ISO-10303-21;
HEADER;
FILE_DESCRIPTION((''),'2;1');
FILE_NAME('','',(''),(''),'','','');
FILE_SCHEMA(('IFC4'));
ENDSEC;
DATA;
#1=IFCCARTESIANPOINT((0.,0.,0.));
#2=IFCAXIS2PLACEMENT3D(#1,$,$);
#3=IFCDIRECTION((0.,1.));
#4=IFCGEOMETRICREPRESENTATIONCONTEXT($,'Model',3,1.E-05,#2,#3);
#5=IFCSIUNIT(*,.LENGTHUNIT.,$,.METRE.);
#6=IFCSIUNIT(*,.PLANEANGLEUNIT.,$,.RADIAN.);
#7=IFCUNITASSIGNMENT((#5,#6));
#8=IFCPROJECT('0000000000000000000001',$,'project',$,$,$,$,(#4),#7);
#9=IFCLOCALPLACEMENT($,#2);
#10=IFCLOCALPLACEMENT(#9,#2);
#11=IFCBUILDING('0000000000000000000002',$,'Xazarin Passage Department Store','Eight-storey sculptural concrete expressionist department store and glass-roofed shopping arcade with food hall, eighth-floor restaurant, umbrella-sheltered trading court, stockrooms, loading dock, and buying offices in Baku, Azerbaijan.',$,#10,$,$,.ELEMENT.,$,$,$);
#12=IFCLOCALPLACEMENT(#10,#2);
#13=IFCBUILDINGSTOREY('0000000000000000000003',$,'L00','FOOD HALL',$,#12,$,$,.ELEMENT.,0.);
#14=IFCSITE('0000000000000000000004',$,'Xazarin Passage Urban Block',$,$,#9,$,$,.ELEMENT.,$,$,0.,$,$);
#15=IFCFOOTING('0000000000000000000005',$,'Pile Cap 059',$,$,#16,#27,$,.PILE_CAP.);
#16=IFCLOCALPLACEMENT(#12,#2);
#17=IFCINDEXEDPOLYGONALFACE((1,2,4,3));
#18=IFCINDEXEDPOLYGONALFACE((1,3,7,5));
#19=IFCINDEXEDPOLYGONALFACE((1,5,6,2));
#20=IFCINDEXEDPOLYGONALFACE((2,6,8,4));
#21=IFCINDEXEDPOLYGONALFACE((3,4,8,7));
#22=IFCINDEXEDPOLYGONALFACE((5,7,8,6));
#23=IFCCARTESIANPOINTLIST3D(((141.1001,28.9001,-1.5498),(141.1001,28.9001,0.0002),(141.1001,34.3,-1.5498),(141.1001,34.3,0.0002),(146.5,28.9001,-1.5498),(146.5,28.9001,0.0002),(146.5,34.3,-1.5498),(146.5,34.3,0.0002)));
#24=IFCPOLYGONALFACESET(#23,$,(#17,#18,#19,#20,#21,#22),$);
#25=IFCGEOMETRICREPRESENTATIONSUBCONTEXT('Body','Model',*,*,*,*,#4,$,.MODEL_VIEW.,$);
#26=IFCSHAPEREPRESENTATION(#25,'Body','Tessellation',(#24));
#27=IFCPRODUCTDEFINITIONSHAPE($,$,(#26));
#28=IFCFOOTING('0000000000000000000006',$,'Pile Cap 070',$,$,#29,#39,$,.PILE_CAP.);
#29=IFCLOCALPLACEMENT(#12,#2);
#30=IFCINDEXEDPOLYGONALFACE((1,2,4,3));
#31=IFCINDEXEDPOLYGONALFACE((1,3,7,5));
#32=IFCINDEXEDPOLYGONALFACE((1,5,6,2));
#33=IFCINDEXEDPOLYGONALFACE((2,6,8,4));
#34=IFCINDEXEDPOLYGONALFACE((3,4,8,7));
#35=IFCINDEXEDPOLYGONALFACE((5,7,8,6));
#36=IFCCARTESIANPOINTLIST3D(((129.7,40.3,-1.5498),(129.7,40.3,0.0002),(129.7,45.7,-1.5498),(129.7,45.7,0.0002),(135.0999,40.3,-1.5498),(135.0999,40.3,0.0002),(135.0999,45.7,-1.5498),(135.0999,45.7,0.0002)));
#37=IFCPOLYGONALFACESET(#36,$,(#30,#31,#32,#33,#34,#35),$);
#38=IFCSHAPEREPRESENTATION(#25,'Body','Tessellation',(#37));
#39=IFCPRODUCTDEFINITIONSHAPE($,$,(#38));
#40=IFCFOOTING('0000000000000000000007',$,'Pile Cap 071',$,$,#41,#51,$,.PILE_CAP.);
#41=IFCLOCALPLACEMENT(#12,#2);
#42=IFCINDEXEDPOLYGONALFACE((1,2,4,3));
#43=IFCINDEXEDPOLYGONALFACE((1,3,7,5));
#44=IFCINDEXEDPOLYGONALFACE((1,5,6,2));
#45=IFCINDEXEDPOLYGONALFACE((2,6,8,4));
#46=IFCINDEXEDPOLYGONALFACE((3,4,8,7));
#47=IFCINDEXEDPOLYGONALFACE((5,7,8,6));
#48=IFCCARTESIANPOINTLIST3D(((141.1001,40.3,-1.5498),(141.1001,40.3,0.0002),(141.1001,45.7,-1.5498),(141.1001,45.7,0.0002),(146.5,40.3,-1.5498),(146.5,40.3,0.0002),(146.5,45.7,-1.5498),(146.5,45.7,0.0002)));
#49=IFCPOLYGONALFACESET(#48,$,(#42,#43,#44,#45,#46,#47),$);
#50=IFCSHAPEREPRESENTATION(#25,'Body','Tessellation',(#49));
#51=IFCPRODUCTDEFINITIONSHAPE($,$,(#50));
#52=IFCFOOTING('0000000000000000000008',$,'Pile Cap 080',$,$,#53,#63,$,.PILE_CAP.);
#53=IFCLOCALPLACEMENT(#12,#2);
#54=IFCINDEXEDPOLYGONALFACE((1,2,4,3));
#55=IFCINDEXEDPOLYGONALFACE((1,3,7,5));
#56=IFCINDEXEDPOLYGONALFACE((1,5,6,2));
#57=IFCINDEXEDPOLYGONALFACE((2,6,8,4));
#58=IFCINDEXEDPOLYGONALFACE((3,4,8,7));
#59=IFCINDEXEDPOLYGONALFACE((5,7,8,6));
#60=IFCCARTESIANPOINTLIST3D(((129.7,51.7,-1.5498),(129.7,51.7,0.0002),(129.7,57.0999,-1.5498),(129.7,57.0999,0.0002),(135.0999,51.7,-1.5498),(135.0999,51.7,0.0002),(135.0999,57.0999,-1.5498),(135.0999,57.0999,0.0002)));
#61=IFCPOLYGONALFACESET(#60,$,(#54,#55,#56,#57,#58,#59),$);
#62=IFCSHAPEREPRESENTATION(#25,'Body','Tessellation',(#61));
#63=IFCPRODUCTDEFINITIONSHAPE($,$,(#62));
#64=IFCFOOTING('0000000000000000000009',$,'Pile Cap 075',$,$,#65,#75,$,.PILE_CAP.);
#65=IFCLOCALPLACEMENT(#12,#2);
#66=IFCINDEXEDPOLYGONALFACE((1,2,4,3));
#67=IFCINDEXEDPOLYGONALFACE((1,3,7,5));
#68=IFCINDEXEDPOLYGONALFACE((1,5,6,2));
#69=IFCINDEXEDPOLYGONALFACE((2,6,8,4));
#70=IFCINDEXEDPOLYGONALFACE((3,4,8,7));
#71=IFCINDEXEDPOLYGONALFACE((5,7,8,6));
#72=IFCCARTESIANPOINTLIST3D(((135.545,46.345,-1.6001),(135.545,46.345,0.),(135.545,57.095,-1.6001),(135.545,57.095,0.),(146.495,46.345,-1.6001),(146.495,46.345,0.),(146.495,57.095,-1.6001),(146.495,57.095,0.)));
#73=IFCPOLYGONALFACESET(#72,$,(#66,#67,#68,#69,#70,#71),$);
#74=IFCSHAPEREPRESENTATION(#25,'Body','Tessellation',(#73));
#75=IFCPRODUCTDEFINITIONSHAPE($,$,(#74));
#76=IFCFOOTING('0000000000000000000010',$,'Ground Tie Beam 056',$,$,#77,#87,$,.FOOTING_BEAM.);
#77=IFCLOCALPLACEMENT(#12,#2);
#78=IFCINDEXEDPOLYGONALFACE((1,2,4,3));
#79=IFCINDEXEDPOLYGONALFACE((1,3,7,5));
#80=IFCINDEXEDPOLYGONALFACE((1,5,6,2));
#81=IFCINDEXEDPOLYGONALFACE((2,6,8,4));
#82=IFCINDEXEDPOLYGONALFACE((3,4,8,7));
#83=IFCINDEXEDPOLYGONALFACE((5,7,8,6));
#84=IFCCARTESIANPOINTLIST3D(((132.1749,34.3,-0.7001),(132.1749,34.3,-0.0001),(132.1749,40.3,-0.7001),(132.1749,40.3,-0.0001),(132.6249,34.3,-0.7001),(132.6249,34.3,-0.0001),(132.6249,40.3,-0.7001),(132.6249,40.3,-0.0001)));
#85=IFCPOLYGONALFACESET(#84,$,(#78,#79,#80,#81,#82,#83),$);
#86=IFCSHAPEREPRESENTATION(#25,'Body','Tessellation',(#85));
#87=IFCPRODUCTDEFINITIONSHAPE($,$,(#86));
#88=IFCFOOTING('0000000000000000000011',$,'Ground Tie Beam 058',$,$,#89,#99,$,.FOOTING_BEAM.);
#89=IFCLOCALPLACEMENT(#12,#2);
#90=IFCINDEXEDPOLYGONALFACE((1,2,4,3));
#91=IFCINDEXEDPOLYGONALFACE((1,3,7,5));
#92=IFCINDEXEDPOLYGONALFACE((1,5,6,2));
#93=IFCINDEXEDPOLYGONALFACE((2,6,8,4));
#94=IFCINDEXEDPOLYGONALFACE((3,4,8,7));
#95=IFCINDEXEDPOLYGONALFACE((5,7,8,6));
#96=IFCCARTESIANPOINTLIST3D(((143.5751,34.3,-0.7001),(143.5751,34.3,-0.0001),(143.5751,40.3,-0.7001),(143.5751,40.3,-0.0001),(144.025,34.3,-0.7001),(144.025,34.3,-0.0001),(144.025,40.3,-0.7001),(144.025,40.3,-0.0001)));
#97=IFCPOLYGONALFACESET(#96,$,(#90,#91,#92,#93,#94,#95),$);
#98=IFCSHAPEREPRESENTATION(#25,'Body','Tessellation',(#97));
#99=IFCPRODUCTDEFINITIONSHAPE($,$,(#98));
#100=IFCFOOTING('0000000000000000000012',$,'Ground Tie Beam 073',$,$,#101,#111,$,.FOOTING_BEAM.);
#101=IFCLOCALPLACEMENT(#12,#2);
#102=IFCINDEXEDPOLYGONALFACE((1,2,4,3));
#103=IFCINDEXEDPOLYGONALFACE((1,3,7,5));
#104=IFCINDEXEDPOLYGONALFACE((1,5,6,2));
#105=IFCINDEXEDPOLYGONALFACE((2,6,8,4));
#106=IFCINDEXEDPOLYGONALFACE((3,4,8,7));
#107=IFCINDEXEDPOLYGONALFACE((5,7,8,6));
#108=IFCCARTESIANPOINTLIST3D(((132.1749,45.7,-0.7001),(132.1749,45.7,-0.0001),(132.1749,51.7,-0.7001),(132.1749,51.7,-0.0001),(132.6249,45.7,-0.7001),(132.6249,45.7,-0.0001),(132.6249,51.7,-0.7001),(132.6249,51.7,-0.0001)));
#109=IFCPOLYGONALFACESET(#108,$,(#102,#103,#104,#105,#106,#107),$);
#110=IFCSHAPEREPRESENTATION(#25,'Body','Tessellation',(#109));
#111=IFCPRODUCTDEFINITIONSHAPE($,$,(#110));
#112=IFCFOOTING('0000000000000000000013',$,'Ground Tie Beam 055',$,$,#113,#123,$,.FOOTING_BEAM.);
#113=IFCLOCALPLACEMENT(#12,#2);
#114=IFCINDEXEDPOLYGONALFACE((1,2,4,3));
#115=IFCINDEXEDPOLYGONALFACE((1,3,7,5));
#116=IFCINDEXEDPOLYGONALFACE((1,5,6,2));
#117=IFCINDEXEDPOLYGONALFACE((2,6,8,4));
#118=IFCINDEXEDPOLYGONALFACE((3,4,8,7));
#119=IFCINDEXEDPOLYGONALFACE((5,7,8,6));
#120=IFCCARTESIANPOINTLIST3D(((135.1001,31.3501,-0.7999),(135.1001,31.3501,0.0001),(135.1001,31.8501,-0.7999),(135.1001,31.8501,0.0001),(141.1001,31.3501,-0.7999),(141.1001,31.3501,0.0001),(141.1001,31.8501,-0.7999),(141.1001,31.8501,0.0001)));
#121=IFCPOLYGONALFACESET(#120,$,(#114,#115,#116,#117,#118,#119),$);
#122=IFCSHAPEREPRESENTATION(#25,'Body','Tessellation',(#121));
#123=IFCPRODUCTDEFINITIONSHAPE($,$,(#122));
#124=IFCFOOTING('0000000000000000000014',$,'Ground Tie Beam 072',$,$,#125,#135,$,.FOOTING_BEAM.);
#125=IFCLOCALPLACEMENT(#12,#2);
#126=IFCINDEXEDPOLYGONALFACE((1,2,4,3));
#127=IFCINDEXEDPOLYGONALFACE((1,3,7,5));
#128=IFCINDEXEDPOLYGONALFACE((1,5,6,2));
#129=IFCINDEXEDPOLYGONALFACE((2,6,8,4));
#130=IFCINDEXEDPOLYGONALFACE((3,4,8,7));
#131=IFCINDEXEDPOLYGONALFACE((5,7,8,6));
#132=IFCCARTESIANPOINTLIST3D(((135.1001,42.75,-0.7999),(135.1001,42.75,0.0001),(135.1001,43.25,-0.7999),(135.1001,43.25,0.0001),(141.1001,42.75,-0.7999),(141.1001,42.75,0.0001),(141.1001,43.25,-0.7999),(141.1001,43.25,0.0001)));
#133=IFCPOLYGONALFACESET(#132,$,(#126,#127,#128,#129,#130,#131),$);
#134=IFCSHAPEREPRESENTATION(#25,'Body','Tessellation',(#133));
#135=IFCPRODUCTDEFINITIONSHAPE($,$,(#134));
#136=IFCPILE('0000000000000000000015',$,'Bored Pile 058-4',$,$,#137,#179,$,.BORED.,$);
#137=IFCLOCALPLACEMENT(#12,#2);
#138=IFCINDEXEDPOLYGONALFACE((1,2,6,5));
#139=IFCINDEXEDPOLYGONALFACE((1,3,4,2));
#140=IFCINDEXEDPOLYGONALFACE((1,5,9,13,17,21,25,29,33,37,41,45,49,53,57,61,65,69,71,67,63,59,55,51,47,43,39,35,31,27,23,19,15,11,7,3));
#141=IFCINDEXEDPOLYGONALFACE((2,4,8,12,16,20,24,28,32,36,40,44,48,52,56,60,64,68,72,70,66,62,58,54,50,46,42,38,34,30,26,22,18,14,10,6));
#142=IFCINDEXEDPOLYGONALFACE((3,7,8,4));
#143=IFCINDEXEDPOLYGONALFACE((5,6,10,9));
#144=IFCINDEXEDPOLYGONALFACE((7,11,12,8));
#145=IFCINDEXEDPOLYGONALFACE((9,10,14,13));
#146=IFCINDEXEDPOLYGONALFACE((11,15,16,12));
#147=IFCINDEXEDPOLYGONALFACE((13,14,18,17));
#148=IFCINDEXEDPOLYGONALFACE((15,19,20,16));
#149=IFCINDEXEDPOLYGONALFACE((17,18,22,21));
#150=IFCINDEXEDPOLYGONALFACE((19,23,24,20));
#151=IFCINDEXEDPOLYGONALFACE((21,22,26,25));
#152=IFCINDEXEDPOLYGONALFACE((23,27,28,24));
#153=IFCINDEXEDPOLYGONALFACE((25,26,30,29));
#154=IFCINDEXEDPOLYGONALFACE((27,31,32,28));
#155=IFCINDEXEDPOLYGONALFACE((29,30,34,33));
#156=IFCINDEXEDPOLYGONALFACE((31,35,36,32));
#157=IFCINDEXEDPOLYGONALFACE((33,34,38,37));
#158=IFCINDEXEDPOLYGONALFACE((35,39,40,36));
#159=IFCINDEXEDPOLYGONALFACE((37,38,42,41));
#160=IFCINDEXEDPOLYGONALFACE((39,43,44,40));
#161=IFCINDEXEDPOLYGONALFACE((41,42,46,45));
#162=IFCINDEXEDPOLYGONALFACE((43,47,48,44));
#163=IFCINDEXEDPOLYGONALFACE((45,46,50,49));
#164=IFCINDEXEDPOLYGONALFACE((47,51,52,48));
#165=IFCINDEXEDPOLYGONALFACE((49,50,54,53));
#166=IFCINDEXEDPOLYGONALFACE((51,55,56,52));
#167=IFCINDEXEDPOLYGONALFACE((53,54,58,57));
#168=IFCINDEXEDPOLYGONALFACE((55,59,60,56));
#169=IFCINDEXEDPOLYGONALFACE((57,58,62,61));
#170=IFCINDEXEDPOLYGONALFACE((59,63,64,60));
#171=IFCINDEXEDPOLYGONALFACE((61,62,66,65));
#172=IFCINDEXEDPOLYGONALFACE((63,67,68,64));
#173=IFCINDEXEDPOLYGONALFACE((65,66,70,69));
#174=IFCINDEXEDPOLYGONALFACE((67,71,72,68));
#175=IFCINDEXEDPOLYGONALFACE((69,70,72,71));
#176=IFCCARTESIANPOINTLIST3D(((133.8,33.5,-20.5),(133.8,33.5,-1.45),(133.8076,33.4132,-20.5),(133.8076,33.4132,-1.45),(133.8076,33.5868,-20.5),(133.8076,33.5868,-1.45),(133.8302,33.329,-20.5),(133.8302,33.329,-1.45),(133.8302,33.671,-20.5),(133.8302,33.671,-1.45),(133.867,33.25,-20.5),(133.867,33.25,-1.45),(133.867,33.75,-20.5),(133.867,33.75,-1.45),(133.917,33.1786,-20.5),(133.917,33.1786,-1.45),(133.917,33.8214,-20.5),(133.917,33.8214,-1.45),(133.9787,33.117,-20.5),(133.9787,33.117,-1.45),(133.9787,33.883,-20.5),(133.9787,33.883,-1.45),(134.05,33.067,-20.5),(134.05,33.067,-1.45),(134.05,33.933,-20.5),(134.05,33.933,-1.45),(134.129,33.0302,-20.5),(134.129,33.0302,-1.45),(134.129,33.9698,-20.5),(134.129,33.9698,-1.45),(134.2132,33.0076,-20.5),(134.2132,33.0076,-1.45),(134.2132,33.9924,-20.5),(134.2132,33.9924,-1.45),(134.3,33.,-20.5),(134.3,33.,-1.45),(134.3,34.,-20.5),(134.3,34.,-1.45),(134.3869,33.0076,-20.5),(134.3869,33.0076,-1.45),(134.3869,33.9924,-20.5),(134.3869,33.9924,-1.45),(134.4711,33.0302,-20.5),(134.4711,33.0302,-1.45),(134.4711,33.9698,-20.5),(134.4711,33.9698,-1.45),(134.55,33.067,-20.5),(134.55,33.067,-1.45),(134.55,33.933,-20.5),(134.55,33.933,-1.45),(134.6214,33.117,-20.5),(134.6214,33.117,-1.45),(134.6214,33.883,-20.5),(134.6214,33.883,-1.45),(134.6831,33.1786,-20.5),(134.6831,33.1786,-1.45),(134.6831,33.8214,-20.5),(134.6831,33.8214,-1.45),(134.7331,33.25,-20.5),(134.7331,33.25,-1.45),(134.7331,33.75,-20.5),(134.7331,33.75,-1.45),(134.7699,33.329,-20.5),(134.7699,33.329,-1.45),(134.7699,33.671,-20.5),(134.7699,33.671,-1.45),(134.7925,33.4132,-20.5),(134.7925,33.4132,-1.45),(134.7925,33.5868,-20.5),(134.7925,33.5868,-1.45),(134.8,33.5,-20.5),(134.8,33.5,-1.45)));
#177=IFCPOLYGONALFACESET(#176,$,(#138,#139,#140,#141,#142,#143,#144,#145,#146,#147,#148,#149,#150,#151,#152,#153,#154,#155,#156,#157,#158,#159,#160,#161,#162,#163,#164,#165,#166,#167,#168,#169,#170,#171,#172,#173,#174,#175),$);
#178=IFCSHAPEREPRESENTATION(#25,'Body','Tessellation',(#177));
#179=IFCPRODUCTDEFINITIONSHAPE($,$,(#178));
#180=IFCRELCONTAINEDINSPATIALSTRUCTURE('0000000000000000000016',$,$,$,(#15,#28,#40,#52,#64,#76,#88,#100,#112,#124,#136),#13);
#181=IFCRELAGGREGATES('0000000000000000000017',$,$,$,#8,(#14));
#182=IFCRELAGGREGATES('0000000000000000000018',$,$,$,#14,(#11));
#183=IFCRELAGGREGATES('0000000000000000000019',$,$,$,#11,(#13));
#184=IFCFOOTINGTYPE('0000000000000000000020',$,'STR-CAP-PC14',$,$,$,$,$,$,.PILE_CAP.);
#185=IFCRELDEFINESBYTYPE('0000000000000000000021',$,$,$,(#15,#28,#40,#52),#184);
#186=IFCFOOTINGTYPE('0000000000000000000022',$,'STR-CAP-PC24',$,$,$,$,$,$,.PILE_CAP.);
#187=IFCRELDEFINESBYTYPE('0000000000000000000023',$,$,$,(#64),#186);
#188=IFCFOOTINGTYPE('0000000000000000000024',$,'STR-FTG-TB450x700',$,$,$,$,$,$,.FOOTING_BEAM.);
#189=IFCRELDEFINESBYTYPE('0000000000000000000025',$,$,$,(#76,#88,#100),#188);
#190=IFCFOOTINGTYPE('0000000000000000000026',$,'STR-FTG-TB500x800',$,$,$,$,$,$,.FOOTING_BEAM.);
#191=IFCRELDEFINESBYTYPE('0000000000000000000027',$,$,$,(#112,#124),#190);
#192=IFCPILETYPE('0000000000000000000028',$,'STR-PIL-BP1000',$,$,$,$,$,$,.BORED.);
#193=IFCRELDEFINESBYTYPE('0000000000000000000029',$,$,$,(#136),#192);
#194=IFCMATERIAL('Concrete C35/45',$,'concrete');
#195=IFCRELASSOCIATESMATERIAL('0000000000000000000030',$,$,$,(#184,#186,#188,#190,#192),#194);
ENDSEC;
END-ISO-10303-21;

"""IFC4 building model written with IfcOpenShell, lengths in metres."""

from ifc_helpers import new_model, si_unit, direction, frame, origin, origin_2d, place, context, subcontext, project, spatial, rectangle, circle, extrude, material, material_profile, profile_set, type_object, element, save


model = new_model("IFC4")

# Units and contexts
model_context = context("Model", 3, precision=1e-05, world=origin(), true_north=direction((0.0, 1.0)))
body_context = subcontext(model_context, "Body", "Model", "MODEL_VIEW")
ifc_project = project(units=[si_unit("LENGTHUNIT", "METRE"), si_unit("PLANEANGLEUNIT", "RADIAN")], contexts=[model_context])

# Site, building, storey
site_placement = place(None, origin())
site = spatial("IfcSite", under=ifc_project, at=site_placement, Name="Xazarin Passage Urban Block", CompositionType="ELEMENT", RefElevation=0.0)
building_placement = place(site_placement, origin())
building = spatial("IfcBuilding", under=site, at=building_placement, Name="Xazarin Passage Department Store", Description="Eight-storey sculptural concrete expressionist department store and glass-roofed shopping arcade with food hall, eighth-floor restaurant, umbrella-sheltered trading court, stockrooms, loading dock, and buying offices in Baku, Azerbaijan.", CompositionType="ELEMENT")
storey_placement = place(building_placement, origin())
storey = spatial("IfcBuildingStorey", under=building, at=storey_placement, Name="L00", Description="FOOD HALL", CompositionType="ELEMENT", Elevation=0.0)

# Footings
ifc_material_1 = material(Name="Concrete C35/45", Category="concrete")
footing_type_1 = type_object("IfcFootingType", Name="STR-CAP-PC14", PredefinedType="PILE_CAP", material=ifc_material_1)
for number, where, z_axis, x_axis, name in (
    (1, (143.8, 31.6001, -1.5498), (0.0, 0.0, 1.0), (1.0, 0.0, 0.0), "Pile Cap 059"),
    (2, (132.3999, 43.0, -1.5498), (0.0, 0.0, 1.0), (1.0, 0.0, 0.0), "Pile Cap 070"),
    (3, (143.8, 43.0, -1.5498), (0.0, 0.0, 1.0), (1.0, 0.0, 0.0), "Pile Cap 071"),
    (4, (132.3999, 54.3999, -1.5498), (0.0, 0.0, 1.0), (1.0, 0.0, 0.0), "Pile Cap 080"),
):
    element("IfcFooting", number, at=place(storey_placement, frame(where, z_axis=z_axis, x_axis=x_axis)), inside=storey, type_object=footing_type_1, Name=name, PredefinedType="PILE_CAP", context=body_context, shape_type="SweptSolid", body=[
        extrude(rectangle(XDim=5.3999, YDim=5.3999, at=origin_2d()), origin(), (0.0, 0.0, 1.0), 1.55),
    ])
footing_type_2 = type_object("IfcFootingType", Name="STR-CAP-PC24", PredefinedType="PILE_CAP", material=ifc_material_1)
footing_placement = place(storey_placement, frame((141.02, 51.72, -1.6001), z_axis=(0.0, 0.0, 1.0), x_axis=(1.0, 0.0, 0.0)))
element("IfcFooting", 5, at=footing_placement, inside=storey, type_object=footing_type_2, Name="Pile Cap 075", PredefinedType="PILE_CAP", context=body_context, shape_type="SweptSolid", body=[
    extrude(rectangle(XDim=10.95, YDim=10.75, at=origin_2d()), origin(), (0.0, 0.0, 1.0), 1.6001),
])
ifc_material_profile_1 = material_profile(ifc_material_1, rectangle(XDim=0.45, YDim=0.7, at=origin_2d()), Name="RC 450x700")
ifc_profile_set_1 = profile_set([ifc_material_profile_1], Name="Concrete C35/45")
footing_type_3 = type_object("IfcFootingType", Name="STR-FTG-TB450x700", PredefinedType="FOOTING_BEAM", material=ifc_profile_set_1)
for number, where, z_axis, x_axis, name in (
    (6, (132.3999, 34.3, -0.3501), (0.0, 1.0, 0.0), (-1.0, 0.0, 0.0), "Ground Tie Beam 056"),
    (7, (143.8, 34.3, -0.3501), (0.0, 1.0, 0.0), (-1.0, 0.0, 0.0), "Ground Tie Beam 058"),
    (8, (132.3999, 45.7, -0.3501), (0.0, 1.0, 0.0), (-1.0, 0.0, 0.0), "Ground Tie Beam 073"),
):
    element("IfcFooting", number, at=place(storey_placement, frame(where, z_axis=z_axis, x_axis=x_axis)), inside=storey, type_object=footing_type_3, Name=name, PredefinedType="FOOTING_BEAM", context=body_context, shape_type="SweptSolid", body=[
        extrude(rectangle(XDim=0.45, YDim=0.7, at=origin_2d()), origin(), (0.0, 0.0, 1.0), 6.0),
    ])
ifc_material_profile_2 = material_profile(ifc_material_1, rectangle(XDim=0.5, YDim=0.8, at=origin_2d()), Name="RC 500x800")
ifc_profile_set_2 = profile_set([ifc_material_profile_2], Name="Concrete C35/45")
footing_type_4 = type_object("IfcFootingType", Name="STR-FTG-TB500x800", PredefinedType="FOOTING_BEAM", material=ifc_profile_set_2)
for number, where, z_axis, x_axis, name in (
    (9, (135.1001, 31.6001, -0.3999), (1.0, 0.0, 0.0), (0.0, 1.0, 0.0), "Ground Tie Beam 055"),
    (10, (135.1001, 43.0, -0.3999), (1.0, 0.0, 0.0), (0.0, 1.0, 0.0), "Ground Tie Beam 072"),
):
    element("IfcFooting", number, at=place(storey_placement, frame(where, z_axis=z_axis, x_axis=x_axis)), inside=storey, type_object=footing_type_4, Name=name, PredefinedType="FOOTING_BEAM", context=body_context, shape_type="SweptSolid", body=[
        extrude(rectangle(XDim=0.5, YDim=0.8, at=origin_2d()), origin(), (0.0, 0.0, 1.0), 6.0),
    ])

# Pile
ifc_material_profile_3 = material_profile(ifc_material_1, circle(Radius=0.5, at=origin_2d()), Name="BP 1000")
ifc_profile_set_3 = profile_set([ifc_material_profile_3], Name="Concrete C35/45")
pile_type_1 = type_object("IfcPileType", Name="STR-PIL-BP1000", PredefinedType="BORED", material=ifc_profile_set_3)
for number, where, z_axis, x_axis, name in (
    (11, (134.3, 33.5, -1.45), (0.0, 0.0, -1.0), (1.0, 0.0, 0.0), "Bored Pile 058-4"),
):
    element("IfcPile", number, at=place(storey_placement, frame(where, z_axis=z_axis, x_axis=x_axis)), inside=storey, type_object=pile_type_1, Name=name, PredefinedType="BORED", context=body_context, shape_type="SweptSolid", body=[
        extrude(circle(Radius=0.5, at=origin_2d()), origin(), (0.0, 0.0, 1.0), 19.05),
    ])

save(model, "model.ifc")
